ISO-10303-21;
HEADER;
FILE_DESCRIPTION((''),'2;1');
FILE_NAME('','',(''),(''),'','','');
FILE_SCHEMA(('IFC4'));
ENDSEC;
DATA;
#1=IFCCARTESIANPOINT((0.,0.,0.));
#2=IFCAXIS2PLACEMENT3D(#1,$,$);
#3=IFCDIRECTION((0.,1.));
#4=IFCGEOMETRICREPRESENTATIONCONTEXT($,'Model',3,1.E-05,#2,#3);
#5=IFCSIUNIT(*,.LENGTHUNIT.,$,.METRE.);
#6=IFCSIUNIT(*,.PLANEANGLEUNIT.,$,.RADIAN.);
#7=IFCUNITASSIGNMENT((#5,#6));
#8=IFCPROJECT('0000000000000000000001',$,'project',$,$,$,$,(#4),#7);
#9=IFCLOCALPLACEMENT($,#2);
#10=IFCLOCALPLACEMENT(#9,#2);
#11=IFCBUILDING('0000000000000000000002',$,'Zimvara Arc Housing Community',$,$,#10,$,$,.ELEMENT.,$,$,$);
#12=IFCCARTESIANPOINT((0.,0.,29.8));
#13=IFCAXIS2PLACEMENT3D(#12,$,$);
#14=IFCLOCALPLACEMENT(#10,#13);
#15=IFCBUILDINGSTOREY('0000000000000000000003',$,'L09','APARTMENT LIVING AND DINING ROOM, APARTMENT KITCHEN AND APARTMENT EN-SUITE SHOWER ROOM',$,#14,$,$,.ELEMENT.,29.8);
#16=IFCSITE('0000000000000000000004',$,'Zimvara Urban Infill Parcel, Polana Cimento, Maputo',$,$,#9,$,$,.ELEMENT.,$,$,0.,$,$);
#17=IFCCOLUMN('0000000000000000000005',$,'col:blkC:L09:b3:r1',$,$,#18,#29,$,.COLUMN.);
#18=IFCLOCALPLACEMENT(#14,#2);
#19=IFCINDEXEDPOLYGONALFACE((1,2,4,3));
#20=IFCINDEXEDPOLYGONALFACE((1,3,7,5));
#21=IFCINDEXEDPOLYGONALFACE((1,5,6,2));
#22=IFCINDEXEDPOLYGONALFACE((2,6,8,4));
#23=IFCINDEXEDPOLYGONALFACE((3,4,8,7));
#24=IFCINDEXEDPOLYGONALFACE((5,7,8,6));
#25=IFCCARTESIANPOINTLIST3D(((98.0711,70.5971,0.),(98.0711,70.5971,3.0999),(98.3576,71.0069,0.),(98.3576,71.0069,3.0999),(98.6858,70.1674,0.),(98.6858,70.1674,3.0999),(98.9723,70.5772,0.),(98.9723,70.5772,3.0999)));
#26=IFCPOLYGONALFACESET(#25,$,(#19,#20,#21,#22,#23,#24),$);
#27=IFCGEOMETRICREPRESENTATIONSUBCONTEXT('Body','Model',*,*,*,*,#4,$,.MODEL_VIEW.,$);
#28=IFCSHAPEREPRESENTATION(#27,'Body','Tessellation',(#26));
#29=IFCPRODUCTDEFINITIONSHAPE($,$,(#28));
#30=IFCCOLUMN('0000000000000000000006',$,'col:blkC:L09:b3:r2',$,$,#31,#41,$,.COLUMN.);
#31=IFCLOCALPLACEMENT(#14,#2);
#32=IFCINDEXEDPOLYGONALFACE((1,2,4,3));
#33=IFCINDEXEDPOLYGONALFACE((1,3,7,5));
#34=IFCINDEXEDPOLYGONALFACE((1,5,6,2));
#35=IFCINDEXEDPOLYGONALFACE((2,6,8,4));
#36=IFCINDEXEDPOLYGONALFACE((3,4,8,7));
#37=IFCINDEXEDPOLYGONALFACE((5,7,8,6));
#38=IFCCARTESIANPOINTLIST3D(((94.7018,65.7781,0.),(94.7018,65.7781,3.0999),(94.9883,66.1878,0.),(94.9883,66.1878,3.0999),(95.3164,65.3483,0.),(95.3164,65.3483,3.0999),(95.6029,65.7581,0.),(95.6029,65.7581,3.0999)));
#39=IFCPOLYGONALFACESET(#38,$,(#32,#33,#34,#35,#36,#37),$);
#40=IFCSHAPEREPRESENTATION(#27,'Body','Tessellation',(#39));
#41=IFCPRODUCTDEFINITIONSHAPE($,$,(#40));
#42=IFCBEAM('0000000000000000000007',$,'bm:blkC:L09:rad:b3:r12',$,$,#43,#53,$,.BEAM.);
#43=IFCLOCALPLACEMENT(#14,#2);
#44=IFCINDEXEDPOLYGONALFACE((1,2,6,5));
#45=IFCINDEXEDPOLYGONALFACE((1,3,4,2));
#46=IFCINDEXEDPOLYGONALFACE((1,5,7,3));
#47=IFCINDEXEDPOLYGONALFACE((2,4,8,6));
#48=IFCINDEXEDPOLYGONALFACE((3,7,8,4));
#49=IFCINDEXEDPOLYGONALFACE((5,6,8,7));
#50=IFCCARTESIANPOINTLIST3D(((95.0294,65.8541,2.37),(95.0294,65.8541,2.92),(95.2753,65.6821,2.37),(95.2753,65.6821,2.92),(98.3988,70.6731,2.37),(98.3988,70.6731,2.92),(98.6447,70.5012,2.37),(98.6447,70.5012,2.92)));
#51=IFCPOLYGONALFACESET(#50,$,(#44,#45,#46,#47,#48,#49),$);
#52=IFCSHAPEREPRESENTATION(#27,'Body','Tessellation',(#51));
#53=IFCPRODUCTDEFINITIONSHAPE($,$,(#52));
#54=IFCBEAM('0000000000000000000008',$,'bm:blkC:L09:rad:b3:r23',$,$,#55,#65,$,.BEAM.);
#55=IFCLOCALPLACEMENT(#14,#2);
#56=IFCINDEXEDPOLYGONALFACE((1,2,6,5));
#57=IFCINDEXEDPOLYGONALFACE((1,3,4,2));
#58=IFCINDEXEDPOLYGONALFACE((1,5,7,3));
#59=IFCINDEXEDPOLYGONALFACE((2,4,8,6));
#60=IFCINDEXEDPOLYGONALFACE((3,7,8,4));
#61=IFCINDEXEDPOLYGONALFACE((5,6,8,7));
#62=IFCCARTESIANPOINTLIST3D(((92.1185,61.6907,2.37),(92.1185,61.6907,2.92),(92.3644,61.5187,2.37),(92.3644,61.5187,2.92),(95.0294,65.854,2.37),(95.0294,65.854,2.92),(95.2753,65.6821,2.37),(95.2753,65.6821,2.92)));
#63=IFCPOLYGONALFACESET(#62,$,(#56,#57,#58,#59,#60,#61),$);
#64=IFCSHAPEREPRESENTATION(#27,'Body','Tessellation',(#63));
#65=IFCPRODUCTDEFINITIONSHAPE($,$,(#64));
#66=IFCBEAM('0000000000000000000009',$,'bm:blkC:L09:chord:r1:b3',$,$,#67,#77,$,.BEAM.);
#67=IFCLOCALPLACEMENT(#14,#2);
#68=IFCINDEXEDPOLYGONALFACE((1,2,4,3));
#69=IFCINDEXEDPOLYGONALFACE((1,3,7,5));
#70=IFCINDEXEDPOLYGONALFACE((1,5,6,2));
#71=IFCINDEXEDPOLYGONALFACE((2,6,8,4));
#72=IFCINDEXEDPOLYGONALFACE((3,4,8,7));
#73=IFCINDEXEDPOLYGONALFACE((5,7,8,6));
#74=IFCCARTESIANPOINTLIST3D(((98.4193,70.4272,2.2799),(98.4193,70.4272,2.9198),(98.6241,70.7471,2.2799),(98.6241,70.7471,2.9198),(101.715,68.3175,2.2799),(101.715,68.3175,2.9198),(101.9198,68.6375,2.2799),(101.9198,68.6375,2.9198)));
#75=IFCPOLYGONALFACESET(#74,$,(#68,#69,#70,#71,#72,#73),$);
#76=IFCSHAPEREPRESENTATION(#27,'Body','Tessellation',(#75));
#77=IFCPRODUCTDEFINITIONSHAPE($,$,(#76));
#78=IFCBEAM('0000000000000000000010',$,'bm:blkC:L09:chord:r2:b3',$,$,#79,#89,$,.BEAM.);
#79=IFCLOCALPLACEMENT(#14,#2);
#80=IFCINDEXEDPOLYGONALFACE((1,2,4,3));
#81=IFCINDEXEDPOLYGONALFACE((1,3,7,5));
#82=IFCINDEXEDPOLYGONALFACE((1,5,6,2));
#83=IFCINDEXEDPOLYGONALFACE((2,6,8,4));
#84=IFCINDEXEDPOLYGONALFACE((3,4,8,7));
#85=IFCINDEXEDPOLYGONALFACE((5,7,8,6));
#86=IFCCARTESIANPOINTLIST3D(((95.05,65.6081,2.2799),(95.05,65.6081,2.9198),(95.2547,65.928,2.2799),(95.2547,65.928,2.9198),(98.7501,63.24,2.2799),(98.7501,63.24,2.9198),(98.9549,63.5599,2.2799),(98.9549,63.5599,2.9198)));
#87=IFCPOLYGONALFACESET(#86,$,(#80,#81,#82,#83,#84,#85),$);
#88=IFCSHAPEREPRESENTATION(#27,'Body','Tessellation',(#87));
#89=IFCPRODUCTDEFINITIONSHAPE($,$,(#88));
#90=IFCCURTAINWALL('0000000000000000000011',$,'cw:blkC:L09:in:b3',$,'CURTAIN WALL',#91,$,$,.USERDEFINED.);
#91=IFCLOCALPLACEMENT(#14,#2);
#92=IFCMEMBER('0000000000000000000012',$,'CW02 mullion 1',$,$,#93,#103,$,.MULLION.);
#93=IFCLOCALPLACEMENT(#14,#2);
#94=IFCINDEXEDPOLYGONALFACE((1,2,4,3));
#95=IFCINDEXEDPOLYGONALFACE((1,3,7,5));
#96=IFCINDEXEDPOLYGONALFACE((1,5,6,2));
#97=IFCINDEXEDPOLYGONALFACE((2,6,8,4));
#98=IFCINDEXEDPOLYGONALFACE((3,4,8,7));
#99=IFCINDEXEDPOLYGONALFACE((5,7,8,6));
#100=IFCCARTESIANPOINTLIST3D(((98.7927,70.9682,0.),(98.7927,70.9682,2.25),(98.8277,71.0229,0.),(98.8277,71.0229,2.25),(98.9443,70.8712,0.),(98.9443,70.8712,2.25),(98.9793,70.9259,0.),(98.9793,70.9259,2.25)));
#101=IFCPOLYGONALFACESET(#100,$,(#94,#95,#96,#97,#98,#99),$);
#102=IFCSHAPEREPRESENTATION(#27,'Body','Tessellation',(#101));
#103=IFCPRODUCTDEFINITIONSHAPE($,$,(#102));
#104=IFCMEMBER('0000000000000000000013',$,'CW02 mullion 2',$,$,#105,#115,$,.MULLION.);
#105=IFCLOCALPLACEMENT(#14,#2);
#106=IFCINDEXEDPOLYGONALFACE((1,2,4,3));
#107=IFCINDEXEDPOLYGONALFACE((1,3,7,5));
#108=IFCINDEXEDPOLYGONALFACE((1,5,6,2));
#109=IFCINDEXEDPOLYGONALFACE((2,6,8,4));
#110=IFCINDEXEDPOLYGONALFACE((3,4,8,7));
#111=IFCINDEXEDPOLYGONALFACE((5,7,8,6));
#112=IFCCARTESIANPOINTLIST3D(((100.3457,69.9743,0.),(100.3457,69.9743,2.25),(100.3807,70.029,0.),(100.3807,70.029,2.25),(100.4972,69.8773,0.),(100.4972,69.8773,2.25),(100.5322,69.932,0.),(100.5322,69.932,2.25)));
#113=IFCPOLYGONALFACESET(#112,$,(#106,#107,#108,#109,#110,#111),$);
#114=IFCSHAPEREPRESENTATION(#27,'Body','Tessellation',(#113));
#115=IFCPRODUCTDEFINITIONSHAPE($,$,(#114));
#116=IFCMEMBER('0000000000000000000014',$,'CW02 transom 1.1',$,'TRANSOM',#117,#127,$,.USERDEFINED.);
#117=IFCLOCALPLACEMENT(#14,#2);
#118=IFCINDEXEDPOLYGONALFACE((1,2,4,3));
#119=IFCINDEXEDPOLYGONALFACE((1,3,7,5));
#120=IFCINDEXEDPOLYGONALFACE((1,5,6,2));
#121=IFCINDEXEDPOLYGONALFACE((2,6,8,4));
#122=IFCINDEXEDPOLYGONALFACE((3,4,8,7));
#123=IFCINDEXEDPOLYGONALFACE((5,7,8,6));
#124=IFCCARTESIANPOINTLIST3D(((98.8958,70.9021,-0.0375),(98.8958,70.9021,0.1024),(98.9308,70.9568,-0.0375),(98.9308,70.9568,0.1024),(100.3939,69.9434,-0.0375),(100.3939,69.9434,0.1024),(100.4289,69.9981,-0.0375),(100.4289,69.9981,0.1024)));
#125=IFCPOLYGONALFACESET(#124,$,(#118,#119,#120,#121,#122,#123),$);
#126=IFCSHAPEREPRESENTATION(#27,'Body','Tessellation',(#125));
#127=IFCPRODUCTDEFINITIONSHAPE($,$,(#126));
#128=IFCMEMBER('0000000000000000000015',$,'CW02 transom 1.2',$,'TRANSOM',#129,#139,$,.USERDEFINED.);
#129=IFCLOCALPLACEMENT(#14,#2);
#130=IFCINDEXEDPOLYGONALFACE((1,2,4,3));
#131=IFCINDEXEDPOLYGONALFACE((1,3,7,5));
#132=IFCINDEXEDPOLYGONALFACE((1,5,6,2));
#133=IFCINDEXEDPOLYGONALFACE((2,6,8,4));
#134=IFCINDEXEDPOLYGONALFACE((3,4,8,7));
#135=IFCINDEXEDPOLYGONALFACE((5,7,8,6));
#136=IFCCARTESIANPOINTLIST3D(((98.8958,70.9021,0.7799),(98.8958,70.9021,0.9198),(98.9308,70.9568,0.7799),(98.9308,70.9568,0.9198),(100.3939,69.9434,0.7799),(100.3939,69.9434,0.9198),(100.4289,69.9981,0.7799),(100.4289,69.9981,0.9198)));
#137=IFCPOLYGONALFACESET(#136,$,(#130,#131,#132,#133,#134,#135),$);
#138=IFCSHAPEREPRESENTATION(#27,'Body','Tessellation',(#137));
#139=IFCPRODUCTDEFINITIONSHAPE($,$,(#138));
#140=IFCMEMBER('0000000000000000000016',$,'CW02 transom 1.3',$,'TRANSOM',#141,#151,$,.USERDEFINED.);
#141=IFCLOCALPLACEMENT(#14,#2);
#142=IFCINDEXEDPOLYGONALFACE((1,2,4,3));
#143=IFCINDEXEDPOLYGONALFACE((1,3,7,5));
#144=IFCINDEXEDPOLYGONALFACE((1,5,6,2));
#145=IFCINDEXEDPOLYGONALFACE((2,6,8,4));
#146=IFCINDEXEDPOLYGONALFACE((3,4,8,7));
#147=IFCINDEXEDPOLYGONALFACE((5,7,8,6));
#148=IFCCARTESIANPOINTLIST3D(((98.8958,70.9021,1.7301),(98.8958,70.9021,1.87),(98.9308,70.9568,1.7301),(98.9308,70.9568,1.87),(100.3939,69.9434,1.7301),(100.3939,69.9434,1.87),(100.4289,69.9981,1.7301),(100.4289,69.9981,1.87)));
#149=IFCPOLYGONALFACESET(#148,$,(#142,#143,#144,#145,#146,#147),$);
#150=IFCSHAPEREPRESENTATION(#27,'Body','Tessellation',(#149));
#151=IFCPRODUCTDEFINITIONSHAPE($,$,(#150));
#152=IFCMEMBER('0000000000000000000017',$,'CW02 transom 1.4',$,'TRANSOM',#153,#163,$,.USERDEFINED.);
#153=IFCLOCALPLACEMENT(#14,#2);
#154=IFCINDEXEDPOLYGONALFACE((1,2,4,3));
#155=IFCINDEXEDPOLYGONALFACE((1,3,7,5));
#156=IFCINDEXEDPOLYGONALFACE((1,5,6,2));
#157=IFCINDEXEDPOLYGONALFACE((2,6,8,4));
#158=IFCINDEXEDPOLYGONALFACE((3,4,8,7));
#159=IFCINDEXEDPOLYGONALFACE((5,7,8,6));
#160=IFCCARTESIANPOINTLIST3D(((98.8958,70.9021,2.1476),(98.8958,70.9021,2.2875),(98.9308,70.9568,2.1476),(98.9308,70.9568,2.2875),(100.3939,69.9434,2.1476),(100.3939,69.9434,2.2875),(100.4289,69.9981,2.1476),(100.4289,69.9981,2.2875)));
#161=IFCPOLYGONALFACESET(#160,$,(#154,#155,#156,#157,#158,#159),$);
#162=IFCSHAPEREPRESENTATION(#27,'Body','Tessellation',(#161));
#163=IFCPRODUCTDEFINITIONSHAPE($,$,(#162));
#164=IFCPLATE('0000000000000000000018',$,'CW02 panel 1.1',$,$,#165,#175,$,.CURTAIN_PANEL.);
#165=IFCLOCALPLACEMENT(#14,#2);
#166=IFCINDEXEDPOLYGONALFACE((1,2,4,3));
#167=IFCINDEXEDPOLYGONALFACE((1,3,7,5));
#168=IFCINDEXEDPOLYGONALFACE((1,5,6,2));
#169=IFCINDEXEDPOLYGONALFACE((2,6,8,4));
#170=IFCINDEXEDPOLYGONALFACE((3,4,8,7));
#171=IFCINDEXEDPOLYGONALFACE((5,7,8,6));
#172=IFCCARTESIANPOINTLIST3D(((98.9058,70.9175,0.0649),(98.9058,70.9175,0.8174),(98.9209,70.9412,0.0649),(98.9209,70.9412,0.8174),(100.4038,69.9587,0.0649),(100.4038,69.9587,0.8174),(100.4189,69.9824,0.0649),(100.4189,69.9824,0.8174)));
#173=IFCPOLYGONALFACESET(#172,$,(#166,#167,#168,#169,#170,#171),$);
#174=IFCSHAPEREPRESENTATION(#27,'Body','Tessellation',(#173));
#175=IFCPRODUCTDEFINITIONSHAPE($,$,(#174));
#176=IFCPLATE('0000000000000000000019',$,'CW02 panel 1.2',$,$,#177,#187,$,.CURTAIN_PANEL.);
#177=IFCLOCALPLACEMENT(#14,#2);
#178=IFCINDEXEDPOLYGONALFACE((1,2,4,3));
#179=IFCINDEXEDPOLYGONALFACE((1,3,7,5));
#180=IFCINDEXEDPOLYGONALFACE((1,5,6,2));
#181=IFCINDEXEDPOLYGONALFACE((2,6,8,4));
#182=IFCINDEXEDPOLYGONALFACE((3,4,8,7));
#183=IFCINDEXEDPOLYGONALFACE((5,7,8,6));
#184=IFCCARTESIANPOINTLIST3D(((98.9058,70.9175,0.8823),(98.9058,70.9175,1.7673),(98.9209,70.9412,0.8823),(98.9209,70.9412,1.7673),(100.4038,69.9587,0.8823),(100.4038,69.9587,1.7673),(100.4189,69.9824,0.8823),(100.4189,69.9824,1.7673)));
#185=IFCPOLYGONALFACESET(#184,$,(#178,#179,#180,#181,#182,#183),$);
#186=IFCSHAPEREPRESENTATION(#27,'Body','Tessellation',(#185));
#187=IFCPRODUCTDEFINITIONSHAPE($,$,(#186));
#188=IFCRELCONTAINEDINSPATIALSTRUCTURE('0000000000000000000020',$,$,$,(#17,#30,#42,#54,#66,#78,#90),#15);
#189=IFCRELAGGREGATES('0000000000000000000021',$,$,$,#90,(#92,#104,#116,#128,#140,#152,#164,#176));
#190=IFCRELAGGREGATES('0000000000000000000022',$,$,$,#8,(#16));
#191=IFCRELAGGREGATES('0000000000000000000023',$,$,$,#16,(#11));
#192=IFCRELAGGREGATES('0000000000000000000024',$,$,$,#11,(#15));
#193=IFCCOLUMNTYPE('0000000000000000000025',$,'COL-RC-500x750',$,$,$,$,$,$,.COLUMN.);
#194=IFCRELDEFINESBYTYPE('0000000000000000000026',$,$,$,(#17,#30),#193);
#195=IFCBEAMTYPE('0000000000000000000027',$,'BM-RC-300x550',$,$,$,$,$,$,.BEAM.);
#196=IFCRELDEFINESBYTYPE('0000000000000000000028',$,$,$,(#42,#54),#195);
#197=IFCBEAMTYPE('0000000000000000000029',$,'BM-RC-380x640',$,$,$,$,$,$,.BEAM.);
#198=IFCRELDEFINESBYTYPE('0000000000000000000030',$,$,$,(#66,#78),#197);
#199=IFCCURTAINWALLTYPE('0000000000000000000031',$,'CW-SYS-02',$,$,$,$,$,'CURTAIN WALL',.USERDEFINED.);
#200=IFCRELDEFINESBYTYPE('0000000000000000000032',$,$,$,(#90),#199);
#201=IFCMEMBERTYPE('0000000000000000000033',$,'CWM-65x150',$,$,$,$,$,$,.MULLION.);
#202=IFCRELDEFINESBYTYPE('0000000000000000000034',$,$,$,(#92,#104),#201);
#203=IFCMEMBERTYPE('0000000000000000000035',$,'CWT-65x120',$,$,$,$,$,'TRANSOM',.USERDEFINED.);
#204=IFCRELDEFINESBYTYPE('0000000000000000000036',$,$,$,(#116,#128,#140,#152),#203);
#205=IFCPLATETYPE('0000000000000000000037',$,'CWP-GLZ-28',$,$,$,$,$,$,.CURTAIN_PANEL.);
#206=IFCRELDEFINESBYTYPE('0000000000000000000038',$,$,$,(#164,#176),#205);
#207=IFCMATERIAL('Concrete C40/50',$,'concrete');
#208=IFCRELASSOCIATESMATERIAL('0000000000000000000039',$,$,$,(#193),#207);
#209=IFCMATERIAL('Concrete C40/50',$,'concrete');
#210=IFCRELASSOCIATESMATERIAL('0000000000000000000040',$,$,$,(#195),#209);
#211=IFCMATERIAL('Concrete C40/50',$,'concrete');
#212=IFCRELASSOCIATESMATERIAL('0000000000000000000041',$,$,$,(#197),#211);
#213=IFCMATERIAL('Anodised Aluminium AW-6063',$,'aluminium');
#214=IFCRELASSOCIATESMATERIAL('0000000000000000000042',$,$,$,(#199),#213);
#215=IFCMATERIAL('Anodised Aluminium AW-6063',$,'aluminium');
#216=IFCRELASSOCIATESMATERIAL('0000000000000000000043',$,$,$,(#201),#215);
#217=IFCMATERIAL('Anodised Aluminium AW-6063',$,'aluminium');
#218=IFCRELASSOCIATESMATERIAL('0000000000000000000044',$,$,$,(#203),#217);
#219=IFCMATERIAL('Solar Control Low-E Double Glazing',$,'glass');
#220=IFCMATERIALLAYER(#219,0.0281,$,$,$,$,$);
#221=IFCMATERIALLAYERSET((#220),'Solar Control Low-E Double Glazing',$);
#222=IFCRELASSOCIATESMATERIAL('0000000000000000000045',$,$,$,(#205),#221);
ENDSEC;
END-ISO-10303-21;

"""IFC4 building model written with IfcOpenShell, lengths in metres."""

from ifc_helpers import new_model, si_unit, direction, frame, origin, origin_2d, place, context, subcontext, project, spatial, rectangle, extrude, material, layer, layer_set, material_profile, profile_set, type_object, element, aggregate, save


model = new_model("IFC4")

# Units and contexts
model_context = context("Model", 3, precision=1e-05, world=origin(), true_north=direction((0.0, 1.0)))
body_context = subcontext(model_context, "Body", "Model", "MODEL_VIEW")
ifc_project = project(units=[si_unit("LENGTHUNIT", "METRE"), si_unit("PLANEANGLEUNIT", "RADIAN")], contexts=[model_context])

# Site, building, storey
site_placement = place(None, origin())
site = spatial("IfcSite", under=ifc_project, at=site_placement, Name="Zimvara Urban Infill Parcel, Polana Cimento, Maputo", CompositionType="ELEMENT", RefElevation=0.0)
building_placement = place(site_placement, origin())
building = spatial("IfcBuilding", under=site, at=building_placement, Name="Zimvara Arc Housing Community", CompositionType="ELEMENT")
storey_placement = place(building_placement, frame((0.0, 0.0, 29.8)))
storey = spatial("IfcBuildingStorey", under=building, at=storey_placement, Name="L09", Description="APARTMENT LIVING AND DINING ROOM, APARTMENT KITCHEN AND APARTMENT EN-SUITE SHOWER ROOM", CompositionType="ELEMENT", Elevation=29.8)

# Columns
ifc_material_1 = material(Name="Concrete C40/50", Category="concrete")
ifc_material_profile_1 = material_profile(ifc_material_1, rectangle(XDim=0.5, YDim=0.75, at=origin_2d()), Name="RC 500x750")
ifc_profile_set_1 = profile_set([ifc_material_profile_1], Name="Concrete C40/50")
column_type = type_object("IfcColumnType", Name="COL-RC-500x750", PredefinedType="COLUMN", material=ifc_profile_set_1)
for number, where, z_axis, x_axis, name in (
    (1, (98.5217, 70.5872, 0.0), (0.0, 0.0, 1.0), (-0.573004, -0.819552, 0.0), "col:blkC:L09:b3:r1"),
    (2, (95.1523, 65.7681, 0.0), (0.0, 0.0, 1.0), (-0.573004, -0.819552, 0.0), "col:blkC:L09:b3:r2"),
):
    element("IfcColumn", number, at=place(storey_placement, frame(where, z_axis=z_axis, x_axis=x_axis)), inside=storey, type_object=column_type, Name=name, PredefinedType="COLUMN", context=body_context, shape_type="SweptSolid", body=[
        extrude(rectangle(XDim=0.5, YDim=0.75, at=origin_2d()), origin(), (0.0, 0.0, 1.0), 3.0999),
    ])

# Beams
ifc_material_2 = material(Name="Concrete C40/50", Category="concrete")
ifc_material_profile_2 = material_profile(ifc_material_2, rectangle(XDim=0.3, YDim=0.55, at=origin_2d()), Name="RC 300x550")
ifc_profile_set_2 = profile_set([ifc_material_profile_2], Name="Concrete C40/50")
beam_type_1 = type_object("IfcBeamType", Name="BM-RC-300x550", PredefinedType="BEAM", material=ifc_profile_set_2)
beam_1_placement = place(storey_placement, frame((98.5217, 70.5872, 2.645), z_axis=(-0.573008, -0.81955, 0.0), x_axis=(0.81955, -0.573008, 0.0)))
element("IfcBeam", 3, at=beam_1_placement, inside=storey, type_object=beam_type_1, Name="bm:blkC:L09:rad:b3:r12", PredefinedType="BEAM", context=body_context, shape_type="SweptSolid", body=[
    extrude(rectangle(XDim=0.3, YDim=0.55, at=origin_2d()), origin(), (0.0, 0.0, 1.0), 5.8801),
])
beam_2_placement = place(storey_placement, frame((95.1523, 65.7681, 2.645), z_axis=(-0.573007, -0.81955, 0.0), x_axis=(0.81955, -0.573007, 0.0)))
element("IfcBeam", 4, at=beam_2_placement, inside=storey, type_object=beam_type_1, Name="bm:blkC:L09:rad:b3:r23", PredefinedType="BEAM", context=body_context, shape_type="SweptSolid", body=[
    extrude(rectangle(XDim=0.3, YDim=0.55, at=origin_2d()), origin(), (0.0, 0.0, 1.0), 5.0801),
])
ifc_material_3 = material(Name="Concrete C40/50", Category="concrete")
ifc_material_profile_3 = material_profile(ifc_material_3, rectangle(XDim=0.3799, YDim=0.6399, at=origin_2d()), Name="RC 380x640")
ifc_profile_set_3 = profile_set([ifc_material_profile_3], Name="Concrete C40/50")
beam_type_2 = type_object("IfcBeamType", Name="BM-RC-380x640", PredefinedType="BEAM", material=ifc_profile_set_3)
beam_3_placement = place(storey_placement, frame((98.5217, 70.5872, 2.5999), z_axis=(0.842225, -0.539126, 0.0), x_axis=(0.539126, 0.842225, 0.0)))
element("IfcBeam", 5, at=beam_3_placement, inside=storey, type_object=beam_type_2, Name="bm:blkC:L09:chord:r1:b3", PredefinedType="BEAM", context=body_context, shape_type="SweptSolid", body=[
    extrude(rectangle(XDim=0.3799, YDim=0.6399, at=origin_2d()), origin(), (0.0, 0.0, 1.0), 3.9131),
])
beam_4_placement = place(storey_placement, frame((95.1523, 65.7681, 2.5999), z_axis=(0.842267, -0.53906, 0.0), x_axis=(0.53906, 0.842267, 0.0)))
element("IfcBeam", 6, at=beam_4_placement, inside=storey, type_object=beam_type_2, Name="bm:blkC:L09:chord:r2:b3", PredefinedType="BEAM", context=body_context, shape_type="SweptSolid", body=[
    extrude(rectangle(XDim=0.3799, YDim=0.6399, at=origin_2d()), origin(), (0.0, 0.0, 1.0), 4.3931),
])

# Curtain wall, members, plates
ifc_material_4 = material(Name="Anodised Aluminium AW-6063", Category="aluminium")
curtain_wall_type = type_object("IfcCurtainWallType", Name="CW-SYS-02", ElementType="CURTAIN WALL", PredefinedType="USERDEFINED", material=ifc_material_4)
curtain_wall_placement = place(storey_placement, origin())
curtain_wall = element("IfcCurtainWall", 7, at=curtain_wall_placement, inside=storey, type_object=curtain_wall_type, Name="cw:blkC:L09:in:b3", ObjectType="CURTAIN WALL", PredefinedType="USERDEFINED")
ifc_material_5 = material(Name="Anodised Aluminium AW-6063", Category="aluminium")
ifc_material_profile_4 = material_profile(ifc_material_5, rectangle(XDim=0.0649, YDim=0.1799, at=origin_2d()), Name="ALU 65x180")
ifc_profile_set_4 = profile_set([ifc_material_profile_4], Name="Anodised Aluminium AW-6063")
member_type_1 = type_object("IfcMemberType", Name="CWM-65x150", PredefinedType="MULLION", material=ifc_profile_set_4)
member_1_placement = place(storey_placement, frame((98.886, 70.947, 0.0), z_axis=(0.0, 0.0, 1.0), x_axis=(0.539065, 0.842264, 0.0)))
member_1 = element("IfcMember", 8, at=member_1_placement, type_object=member_type_1, Name="CW02 mullion 1", PredefinedType="MULLION", context=body_context, shape_type="SweptSolid", body=[
    extrude(rectangle(XDim=0.0649, YDim=0.1799, at=origin_2d()), origin(), (0.0, 0.0, 1.0), 2.25),
])
member_2_placement = place(storey_placement, frame((100.439, 69.9531, 0.0), z_axis=(0.0, 0.0, 1.0), x_axis=(0.539065, 0.842264, 0.0)))
member_2 = element("IfcMember", 9, at=member_2_placement, type_object=member_type_1, Name="CW02 mullion 2", PredefinedType="MULLION", context=body_context, shape_type="SweptSolid", body=[
    extrude(rectangle(XDim=0.0649, YDim=0.1799, at=origin_2d()), origin(), (0.0, 0.0, 1.0), 2.25),
])
ifc_material_6 = material(Name="Anodised Aluminium AW-6063", Category="aluminium")
ifc_material_profile_5 = material_profile(ifc_material_6, rectangle(XDim=0.0649, YDim=0.1399, at=origin_2d()), Name="ALU 65x140")
ifc_profile_set_5 = profile_set([ifc_material_profile_5], Name="Anodised Aluminium AW-6063")
member_type_2 = type_object("IfcMemberType", Name="CWT-65x120", ElementType="TRANSOM", PredefinedType="USERDEFINED", material=ifc_profile_set_5)
member_3_placement = place(storey_placement, frame((98.9133, 70.9294, 0.0325), z_axis=(0.842274, -0.53905, 0.0), x_axis=(0.53905, 0.842274, 0.0)))
member_3 = element("IfcMember", 10, at=member_3_placement, type_object=member_type_2, Name="CW02 transom 1.1", ObjectType="TRANSOM", PredefinedType="USERDEFINED", context=body_context, shape_type="SweptSolid", body=[
    extrude(rectangle(XDim=0.0649, YDim=0.1399, at=origin_2d()), origin(), (0.0, 0.0, 1.0), 1.7786),
])
member_4_placement = place(storey_placement, frame((98.9133, 70.9294, 0.8499), z_axis=(0.842274, -0.53905, 0.0), x_axis=(0.53905, 0.842274, 0.0)))
member_4 = element("IfcMember", 11, at=member_4_placement, type_object=member_type_2, Name="CW02 transom 1.2", ObjectType="TRANSOM", PredefinedType="USERDEFINED", context=body_context, shape_type="SweptSolid", body=[
    extrude(rectangle(XDim=0.0649, YDim=0.1399, at=origin_2d()), origin(), (0.0, 0.0, 1.0), 1.7786),
])
member_5_placement = place(storey_placement, frame((98.9133, 70.9294, 1.8), z_axis=(0.842274, -0.53905, 0.0), x_axis=(0.53905, 0.842274, 0.0)))
member_5 = element("IfcMember", 12, at=member_5_placement, type_object=member_type_2, Name="CW02 transom 1.3", ObjectType="TRANSOM", PredefinedType="USERDEFINED", context=body_context, shape_type="SweptSolid", body=[
    extrude(rectangle(XDim=0.0649, YDim=0.1399, at=origin_2d()), origin(), (0.0, 0.0, 1.0), 1.7786),
])
member_6_placement = place(storey_placement, frame((98.9133, 70.9294, 2.2175), z_axis=(0.842274, -0.53905, 0.0), x_axis=(0.53905, 0.842274, 0.0)))
member_6 = element("IfcMember", 13, at=member_6_placement, type_object=member_type_2, Name="CW02 transom 1.4", ObjectType="TRANSOM", PredefinedType="USERDEFINED", context=body_context, shape_type="SweptSolid", body=[
    extrude(rectangle(XDim=0.0649, YDim=0.1399, at=origin_2d()), origin(), (0.0, 0.0, 1.0), 1.7786),
])
ifc_material_7 = material(Name="Solar Control Low-E Double Glazing", Category="glass")
ifc_layer_1 = layer(ifc_material_7, 0.0281)
ifc_layer_set_1 = layer_set([ifc_layer_1], Name="Solar Control Low-E Double Glazing")
plate_type = type_object("IfcPlateType", Name="CWP-GLZ-28", PredefinedType="CURTAIN_PANEL", material=ifc_layer_set_1)
plate_1_placement = place(storey_placement, frame((99.6624, 70.45, 0.0649), z_axis=(0.0, 0.0, 1.0), x_axis=(0.842264, -0.539065, 0.0)))
plate_1 = element("IfcPlate", 14, at=plate_1_placement, type_object=plate_type, Name="CW02 panel 1.1", PredefinedType="CURTAIN_PANEL", context=body_context, shape_type="SweptSolid", body=[
    extrude(rectangle(XDim=1.7786, YDim=0.0281, at=origin_2d()), origin(), (0.0, 0.0, 1.0), 0.7524),
])
plate_2_placement = place(storey_placement, frame((99.6624, 70.45, 0.8823), z_axis=(0.0, 0.0, 1.0), x_axis=(0.842264, -0.539065, 0.0)))
plate_2 = element("IfcPlate", 15, at=plate_2_placement, type_object=plate_type, Name="CW02 panel 1.2", PredefinedType="CURTAIN_PANEL", context=body_context, shape_type="SweptSolid", body=[
    extrude(rectangle(XDim=1.7786, YDim=0.0281, at=origin_2d()), origin(), (0.0, 0.0, 1.0), 0.885),
])
aggregate(curtain_wall, [member_1, member_2, member_3, member_4, member_5, member_6, plate_1, plate_2])

save(model, "model.ifc")
